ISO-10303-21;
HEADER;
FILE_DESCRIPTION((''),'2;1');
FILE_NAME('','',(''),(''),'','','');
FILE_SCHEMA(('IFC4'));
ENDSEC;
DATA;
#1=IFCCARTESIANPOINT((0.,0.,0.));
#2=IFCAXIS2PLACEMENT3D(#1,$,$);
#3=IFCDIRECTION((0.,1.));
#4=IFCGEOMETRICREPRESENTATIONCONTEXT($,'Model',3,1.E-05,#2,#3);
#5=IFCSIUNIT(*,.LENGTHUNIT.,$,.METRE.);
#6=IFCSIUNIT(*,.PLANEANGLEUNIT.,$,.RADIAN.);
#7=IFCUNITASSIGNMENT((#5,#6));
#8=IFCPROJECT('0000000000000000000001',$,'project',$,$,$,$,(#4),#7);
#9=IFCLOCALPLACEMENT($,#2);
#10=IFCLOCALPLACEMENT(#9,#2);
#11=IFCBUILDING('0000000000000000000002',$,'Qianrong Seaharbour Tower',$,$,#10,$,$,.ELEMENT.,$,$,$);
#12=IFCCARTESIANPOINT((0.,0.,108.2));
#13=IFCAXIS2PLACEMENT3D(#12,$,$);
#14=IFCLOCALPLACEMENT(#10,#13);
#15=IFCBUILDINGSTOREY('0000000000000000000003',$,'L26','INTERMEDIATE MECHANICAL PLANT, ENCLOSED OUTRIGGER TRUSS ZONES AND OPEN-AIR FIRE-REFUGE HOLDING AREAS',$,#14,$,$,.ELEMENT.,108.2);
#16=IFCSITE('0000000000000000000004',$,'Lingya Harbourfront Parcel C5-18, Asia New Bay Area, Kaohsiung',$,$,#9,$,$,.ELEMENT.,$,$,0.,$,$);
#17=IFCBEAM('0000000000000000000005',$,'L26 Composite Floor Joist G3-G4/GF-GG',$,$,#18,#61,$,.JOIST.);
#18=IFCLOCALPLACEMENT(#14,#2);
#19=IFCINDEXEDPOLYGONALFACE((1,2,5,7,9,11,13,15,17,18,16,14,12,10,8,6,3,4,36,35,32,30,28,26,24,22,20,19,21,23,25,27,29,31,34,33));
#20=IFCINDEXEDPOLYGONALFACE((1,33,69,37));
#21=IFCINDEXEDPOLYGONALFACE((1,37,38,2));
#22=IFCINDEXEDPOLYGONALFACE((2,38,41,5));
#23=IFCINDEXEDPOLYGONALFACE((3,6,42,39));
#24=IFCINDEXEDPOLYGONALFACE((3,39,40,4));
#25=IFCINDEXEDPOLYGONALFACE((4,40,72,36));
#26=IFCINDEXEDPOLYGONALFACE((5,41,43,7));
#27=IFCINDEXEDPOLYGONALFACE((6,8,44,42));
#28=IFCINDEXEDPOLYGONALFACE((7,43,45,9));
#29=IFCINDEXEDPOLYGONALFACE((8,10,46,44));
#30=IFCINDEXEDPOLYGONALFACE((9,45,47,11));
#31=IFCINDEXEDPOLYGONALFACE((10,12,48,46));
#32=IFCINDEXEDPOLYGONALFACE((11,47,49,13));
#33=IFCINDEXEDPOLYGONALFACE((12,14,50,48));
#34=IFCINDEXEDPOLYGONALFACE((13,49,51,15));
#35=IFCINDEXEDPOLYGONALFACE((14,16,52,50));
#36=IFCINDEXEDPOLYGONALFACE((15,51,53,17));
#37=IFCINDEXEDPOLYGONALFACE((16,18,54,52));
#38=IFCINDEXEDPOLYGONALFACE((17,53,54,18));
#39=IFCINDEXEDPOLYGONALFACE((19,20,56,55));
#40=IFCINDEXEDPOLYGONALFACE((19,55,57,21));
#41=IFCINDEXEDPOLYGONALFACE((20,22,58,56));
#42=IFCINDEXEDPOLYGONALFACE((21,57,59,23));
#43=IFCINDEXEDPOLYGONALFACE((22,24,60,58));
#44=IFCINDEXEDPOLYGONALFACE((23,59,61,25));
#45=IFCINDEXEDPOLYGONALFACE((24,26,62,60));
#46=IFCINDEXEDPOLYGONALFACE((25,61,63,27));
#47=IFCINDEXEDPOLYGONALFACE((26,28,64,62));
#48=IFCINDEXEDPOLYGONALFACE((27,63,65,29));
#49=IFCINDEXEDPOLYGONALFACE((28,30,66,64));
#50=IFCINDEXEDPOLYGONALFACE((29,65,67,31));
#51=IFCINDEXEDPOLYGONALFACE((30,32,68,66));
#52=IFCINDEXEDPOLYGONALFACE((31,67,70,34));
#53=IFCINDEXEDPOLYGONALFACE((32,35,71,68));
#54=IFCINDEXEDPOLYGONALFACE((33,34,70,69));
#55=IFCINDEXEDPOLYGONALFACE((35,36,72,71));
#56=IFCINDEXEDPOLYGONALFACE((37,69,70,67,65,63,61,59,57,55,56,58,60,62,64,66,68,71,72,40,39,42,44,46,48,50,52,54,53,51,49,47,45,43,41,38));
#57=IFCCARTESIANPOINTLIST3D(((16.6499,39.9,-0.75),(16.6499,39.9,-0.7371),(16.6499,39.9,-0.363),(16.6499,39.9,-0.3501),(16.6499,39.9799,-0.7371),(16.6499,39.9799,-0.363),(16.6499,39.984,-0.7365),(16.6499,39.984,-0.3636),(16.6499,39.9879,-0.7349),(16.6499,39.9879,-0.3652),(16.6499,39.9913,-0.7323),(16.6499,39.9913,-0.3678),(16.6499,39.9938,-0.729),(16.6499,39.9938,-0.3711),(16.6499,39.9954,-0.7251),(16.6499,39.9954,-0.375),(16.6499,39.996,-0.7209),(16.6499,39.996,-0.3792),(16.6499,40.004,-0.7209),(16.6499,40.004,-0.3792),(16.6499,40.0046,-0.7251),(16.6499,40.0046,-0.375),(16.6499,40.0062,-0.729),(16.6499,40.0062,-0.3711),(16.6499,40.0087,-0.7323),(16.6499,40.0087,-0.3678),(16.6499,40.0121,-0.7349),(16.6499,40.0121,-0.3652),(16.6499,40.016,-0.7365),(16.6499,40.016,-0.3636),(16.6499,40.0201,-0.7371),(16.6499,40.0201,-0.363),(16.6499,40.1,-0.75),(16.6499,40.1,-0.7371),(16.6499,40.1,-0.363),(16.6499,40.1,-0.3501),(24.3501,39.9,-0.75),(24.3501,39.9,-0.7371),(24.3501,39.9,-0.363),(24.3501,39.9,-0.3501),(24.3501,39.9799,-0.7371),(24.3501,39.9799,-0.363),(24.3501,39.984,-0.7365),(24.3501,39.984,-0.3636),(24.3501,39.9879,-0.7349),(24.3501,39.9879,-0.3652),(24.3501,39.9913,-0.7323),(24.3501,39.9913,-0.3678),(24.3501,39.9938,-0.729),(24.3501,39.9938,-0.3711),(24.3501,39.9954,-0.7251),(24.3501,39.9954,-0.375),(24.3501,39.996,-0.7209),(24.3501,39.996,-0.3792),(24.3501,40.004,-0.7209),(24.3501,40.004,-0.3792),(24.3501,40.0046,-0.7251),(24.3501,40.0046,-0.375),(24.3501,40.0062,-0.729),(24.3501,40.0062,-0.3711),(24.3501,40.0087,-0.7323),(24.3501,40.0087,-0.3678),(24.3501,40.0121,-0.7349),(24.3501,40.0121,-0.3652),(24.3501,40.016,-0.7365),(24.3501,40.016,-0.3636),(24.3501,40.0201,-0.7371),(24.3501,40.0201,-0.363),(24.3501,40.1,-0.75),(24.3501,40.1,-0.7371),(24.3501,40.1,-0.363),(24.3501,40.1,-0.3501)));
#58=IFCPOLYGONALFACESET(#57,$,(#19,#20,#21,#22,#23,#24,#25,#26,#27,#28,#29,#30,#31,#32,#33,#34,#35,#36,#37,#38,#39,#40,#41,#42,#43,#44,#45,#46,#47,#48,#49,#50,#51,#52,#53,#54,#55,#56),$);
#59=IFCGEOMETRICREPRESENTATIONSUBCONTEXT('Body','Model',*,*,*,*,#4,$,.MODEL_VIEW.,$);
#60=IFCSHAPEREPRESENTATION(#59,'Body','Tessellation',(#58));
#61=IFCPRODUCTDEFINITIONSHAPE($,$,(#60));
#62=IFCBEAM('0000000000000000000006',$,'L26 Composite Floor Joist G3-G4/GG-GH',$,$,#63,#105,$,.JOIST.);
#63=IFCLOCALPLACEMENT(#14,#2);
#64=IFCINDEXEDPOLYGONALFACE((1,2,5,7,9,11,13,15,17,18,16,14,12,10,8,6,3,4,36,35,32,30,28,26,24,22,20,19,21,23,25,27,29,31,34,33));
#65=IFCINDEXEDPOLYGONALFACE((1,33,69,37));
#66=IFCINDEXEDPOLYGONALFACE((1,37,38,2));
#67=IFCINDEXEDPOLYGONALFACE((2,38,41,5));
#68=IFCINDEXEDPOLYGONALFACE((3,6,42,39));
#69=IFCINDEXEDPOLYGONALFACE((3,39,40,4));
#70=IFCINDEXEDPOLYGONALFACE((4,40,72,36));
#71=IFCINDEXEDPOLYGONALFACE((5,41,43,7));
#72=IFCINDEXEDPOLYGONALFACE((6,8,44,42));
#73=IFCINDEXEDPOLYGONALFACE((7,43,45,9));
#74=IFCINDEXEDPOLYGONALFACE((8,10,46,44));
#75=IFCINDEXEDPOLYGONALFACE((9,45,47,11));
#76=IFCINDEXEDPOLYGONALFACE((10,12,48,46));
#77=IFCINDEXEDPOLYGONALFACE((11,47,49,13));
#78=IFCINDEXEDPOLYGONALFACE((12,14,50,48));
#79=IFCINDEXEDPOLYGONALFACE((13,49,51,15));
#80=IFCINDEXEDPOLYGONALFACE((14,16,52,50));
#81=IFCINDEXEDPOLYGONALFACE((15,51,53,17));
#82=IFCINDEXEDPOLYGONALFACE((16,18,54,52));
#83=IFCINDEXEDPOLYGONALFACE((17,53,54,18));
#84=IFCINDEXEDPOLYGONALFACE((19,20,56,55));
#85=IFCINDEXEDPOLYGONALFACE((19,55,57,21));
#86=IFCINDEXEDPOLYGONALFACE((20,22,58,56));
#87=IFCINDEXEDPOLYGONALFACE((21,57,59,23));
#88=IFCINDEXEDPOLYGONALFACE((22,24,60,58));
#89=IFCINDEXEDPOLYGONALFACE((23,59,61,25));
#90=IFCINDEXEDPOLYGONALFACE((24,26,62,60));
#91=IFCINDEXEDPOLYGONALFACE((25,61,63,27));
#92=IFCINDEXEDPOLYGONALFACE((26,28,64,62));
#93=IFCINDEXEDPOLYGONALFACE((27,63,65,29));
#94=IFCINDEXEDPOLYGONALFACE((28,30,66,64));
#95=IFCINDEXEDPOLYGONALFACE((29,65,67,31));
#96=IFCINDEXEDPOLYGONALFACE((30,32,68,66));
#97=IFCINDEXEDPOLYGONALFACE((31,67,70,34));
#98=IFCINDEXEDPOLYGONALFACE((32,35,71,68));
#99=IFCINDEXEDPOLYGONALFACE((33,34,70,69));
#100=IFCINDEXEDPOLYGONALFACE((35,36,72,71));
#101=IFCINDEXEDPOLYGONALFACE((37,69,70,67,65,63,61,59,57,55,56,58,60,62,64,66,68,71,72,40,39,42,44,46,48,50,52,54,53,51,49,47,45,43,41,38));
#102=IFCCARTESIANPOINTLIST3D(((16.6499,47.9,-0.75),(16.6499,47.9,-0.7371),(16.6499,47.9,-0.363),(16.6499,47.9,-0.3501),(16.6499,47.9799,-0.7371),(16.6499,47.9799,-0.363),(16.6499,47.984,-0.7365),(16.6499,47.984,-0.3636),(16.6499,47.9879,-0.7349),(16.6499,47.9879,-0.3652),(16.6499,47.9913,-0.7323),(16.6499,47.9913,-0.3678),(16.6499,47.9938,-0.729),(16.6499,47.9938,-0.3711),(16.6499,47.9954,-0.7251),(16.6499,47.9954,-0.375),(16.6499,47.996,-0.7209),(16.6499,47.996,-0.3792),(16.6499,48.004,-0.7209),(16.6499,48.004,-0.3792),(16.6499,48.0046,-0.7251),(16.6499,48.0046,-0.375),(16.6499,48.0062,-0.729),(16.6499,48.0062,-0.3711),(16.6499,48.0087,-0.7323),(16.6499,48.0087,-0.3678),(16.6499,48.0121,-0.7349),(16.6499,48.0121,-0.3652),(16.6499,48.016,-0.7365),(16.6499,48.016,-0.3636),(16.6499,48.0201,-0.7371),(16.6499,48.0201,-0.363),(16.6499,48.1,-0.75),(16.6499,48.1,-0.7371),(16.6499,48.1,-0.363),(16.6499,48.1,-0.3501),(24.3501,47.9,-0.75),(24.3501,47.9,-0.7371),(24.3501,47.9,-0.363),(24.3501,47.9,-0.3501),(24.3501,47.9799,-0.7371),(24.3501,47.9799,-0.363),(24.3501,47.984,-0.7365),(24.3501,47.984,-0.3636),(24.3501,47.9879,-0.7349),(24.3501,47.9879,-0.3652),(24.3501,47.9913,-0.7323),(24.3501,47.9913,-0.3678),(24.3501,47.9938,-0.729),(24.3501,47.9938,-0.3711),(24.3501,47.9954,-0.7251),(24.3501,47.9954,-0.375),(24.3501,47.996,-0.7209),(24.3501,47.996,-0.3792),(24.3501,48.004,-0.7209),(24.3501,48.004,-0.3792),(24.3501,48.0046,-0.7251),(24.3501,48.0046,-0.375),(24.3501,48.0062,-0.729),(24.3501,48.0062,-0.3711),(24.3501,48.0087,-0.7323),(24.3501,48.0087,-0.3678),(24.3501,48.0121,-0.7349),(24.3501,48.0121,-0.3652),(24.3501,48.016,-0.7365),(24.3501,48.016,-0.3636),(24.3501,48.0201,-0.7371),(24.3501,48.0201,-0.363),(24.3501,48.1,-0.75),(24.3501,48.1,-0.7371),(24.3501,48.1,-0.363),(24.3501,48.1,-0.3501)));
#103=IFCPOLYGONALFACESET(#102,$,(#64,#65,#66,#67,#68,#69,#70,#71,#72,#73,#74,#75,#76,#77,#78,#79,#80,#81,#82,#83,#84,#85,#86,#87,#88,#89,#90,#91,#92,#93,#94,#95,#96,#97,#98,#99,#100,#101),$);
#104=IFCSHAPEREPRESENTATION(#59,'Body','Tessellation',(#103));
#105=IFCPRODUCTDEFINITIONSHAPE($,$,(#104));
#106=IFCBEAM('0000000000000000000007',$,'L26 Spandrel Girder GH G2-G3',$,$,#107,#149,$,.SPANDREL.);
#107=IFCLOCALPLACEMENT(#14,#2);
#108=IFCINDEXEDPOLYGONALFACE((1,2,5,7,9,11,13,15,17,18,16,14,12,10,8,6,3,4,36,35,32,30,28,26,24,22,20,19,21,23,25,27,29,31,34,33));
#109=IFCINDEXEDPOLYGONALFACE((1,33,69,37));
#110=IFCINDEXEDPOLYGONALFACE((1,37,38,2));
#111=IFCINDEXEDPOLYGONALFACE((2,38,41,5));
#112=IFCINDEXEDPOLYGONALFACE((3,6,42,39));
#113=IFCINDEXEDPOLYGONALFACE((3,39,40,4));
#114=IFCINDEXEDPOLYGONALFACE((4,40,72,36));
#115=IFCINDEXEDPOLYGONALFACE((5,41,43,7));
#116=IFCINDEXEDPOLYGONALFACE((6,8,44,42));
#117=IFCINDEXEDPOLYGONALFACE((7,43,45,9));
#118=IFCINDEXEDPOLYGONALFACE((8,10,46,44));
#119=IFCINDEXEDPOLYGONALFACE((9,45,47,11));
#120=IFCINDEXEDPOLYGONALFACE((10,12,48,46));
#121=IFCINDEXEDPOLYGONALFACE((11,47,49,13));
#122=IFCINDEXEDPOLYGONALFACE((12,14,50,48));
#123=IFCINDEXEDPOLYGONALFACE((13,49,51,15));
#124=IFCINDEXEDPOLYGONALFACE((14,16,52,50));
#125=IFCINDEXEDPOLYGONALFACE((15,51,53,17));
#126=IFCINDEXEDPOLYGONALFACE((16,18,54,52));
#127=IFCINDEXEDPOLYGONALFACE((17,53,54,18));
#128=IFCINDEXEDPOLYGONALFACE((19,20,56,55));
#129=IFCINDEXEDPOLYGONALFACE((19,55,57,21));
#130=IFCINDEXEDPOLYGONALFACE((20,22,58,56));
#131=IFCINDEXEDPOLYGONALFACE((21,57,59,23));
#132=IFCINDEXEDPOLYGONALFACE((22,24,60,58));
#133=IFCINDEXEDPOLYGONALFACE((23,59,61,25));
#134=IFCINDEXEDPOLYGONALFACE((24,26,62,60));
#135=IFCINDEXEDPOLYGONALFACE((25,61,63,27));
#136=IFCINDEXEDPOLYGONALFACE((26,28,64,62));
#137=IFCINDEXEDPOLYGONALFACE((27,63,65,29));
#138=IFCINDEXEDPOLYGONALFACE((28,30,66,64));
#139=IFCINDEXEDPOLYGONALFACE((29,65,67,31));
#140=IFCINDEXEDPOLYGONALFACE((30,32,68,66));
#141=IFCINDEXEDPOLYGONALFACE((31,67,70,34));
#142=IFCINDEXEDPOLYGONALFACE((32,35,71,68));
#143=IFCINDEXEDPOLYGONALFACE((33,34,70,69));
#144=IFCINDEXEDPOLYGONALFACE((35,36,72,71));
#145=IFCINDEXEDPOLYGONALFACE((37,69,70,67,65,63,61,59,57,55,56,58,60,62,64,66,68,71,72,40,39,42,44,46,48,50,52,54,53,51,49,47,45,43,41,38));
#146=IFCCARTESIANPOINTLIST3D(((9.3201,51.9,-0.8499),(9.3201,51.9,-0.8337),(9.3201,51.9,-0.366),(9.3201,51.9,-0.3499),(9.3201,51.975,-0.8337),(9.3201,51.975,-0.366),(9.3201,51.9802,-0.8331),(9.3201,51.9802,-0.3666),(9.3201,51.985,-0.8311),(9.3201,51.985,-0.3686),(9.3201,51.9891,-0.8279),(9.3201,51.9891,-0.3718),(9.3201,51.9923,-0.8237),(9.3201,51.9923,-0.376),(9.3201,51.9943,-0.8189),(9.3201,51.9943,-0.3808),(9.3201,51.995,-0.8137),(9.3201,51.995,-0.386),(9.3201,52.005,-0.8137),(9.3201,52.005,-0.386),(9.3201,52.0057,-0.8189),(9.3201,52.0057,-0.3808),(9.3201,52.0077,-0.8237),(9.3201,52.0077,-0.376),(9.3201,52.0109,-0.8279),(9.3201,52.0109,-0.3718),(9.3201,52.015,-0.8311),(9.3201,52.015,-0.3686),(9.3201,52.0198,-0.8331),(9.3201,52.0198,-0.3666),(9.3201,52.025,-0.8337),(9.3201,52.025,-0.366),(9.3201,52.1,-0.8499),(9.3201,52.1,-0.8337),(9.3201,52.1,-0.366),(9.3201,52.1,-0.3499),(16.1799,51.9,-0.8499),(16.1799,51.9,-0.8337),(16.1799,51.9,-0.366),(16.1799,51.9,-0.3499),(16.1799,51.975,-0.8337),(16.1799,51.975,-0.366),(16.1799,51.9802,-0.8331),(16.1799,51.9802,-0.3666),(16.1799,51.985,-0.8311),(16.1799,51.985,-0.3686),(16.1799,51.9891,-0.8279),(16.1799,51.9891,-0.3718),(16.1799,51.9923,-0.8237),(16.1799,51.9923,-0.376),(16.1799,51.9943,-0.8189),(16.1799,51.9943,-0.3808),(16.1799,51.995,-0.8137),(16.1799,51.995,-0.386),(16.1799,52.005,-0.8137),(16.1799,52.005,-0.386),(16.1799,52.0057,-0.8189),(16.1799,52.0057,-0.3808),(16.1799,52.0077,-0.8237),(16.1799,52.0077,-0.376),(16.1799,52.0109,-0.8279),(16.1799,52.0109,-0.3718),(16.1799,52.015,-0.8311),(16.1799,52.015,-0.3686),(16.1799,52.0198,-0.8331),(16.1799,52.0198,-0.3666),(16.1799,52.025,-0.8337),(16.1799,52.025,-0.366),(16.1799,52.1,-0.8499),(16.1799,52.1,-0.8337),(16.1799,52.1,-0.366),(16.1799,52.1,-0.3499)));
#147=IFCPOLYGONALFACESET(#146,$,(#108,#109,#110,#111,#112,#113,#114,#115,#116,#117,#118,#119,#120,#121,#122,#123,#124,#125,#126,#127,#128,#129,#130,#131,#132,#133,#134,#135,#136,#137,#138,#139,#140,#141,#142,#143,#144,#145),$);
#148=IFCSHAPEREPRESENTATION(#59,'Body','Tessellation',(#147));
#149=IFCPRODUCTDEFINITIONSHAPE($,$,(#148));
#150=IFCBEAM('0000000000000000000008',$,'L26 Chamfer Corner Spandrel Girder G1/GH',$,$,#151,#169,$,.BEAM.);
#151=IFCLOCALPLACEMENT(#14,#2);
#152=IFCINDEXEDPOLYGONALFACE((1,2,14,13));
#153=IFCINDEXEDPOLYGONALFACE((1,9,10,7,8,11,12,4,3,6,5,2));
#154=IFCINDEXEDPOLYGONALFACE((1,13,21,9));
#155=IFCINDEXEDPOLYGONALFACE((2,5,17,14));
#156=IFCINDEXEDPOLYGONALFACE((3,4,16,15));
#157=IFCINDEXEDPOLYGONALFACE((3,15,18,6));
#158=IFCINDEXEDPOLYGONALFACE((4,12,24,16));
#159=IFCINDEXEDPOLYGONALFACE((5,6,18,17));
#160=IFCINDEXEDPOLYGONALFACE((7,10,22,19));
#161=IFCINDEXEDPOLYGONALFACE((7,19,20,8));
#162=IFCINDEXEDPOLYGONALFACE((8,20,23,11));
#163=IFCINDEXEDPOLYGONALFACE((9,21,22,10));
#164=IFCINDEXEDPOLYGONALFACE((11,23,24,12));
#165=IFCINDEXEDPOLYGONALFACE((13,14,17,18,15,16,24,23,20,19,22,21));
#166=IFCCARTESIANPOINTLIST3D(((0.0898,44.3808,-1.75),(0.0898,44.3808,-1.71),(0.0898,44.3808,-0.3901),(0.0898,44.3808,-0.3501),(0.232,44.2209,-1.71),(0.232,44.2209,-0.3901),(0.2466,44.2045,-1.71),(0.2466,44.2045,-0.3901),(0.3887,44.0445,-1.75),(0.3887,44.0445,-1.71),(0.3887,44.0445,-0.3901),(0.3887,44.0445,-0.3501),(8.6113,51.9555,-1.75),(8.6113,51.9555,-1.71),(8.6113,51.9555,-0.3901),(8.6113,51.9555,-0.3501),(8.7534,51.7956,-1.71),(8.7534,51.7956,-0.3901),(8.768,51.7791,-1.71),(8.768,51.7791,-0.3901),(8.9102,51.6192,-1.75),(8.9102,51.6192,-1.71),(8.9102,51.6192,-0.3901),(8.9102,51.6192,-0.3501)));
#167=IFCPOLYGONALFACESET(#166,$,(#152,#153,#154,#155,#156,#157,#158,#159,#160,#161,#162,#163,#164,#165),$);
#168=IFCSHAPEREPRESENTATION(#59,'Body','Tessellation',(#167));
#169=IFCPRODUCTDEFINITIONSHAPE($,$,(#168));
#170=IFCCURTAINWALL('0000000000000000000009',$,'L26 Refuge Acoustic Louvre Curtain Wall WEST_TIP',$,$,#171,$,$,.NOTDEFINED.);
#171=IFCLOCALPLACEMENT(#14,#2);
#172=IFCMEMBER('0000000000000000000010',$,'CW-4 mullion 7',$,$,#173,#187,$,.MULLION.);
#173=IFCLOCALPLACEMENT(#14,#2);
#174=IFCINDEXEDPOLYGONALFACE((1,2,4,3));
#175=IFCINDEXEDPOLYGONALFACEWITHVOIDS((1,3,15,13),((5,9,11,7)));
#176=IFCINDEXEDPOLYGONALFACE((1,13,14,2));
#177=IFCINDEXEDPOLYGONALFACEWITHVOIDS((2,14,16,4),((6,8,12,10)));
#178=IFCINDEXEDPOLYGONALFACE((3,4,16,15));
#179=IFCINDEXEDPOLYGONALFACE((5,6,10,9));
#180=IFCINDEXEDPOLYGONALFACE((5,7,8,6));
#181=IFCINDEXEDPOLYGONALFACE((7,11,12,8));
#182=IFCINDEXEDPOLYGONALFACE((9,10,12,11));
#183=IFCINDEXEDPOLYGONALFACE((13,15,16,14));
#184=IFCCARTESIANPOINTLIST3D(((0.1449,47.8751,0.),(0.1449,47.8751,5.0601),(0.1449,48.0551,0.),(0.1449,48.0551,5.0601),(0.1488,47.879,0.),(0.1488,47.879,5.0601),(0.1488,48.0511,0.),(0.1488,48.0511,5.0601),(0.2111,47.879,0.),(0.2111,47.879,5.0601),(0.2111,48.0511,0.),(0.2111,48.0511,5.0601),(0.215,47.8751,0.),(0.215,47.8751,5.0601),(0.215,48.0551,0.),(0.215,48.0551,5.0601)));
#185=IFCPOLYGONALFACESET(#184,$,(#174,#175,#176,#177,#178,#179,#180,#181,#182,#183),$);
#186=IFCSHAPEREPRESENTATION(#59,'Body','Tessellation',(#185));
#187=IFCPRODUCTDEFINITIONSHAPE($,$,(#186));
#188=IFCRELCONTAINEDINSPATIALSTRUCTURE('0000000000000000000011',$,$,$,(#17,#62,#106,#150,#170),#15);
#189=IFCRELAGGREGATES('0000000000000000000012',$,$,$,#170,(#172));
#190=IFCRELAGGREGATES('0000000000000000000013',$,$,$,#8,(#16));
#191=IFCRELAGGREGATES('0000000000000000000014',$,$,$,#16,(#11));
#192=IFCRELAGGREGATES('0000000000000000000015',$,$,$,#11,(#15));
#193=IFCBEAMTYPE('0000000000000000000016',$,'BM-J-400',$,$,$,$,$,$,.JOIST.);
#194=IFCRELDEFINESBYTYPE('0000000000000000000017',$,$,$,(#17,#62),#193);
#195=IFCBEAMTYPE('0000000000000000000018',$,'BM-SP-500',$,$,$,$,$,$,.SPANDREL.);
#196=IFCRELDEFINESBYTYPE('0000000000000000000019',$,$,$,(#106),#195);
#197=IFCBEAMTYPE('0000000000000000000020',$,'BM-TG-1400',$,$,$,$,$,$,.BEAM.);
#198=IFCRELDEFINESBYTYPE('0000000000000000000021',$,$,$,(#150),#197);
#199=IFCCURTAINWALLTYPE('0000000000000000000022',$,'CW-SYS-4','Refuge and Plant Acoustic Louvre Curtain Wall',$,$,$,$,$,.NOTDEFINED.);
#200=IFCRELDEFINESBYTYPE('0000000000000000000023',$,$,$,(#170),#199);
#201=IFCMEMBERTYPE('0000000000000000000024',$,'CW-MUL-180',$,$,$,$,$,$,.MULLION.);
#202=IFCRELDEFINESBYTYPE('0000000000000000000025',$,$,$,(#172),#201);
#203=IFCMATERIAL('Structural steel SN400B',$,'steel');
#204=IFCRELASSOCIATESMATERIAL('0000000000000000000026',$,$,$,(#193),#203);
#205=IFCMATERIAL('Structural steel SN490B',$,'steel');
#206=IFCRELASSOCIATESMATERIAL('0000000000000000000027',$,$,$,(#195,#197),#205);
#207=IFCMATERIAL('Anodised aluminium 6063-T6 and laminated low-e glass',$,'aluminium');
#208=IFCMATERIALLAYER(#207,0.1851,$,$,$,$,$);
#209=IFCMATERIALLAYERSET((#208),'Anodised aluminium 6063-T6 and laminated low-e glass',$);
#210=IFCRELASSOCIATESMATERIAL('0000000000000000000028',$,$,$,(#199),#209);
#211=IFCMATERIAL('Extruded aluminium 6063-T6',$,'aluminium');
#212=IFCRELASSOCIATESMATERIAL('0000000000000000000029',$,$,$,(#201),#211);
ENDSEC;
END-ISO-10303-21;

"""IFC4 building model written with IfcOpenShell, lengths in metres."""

from ifc_helpers import new_model, si_unit, direction, frame, origin, origin_2d, place, context, subcontext, project, spatial, hollow_rectangle, i_section, extrude, material, layer, layer_set, material_profile, profile_set, type_object, element, aggregate, save


model = new_model("IFC4")

# Units and contexts
model_context = context("Model", 3, precision=1e-05, world=origin(), true_north=direction((0.0, 1.0)))
body_context = subcontext(model_context, "Body", "Model", "MODEL_VIEW")
ifc_project = project(units=[si_unit("LENGTHUNIT", "METRE"), si_unit("PLANEANGLEUNIT", "RADIAN")], contexts=[model_context])

# Site, building, storey
site_placement = place(None, origin())
site = spatial("IfcSite", under=ifc_project, at=site_placement, Name="Lingya Harbourfront Parcel C5-18, Asia New Bay Area, Kaohsiung", CompositionType="ELEMENT", RefElevation=0.0)
building_placement = place(site_placement, origin())
building = spatial("IfcBuilding", under=site, at=building_placement, Name="Qianrong Seaharbour Tower", CompositionType="ELEMENT")
storey_placement = place(building_placement, frame((0.0, 0.0, 108.2)))
storey = spatial("IfcBuildingStorey", under=building, at=storey_placement, Name="L26", Description="INTERMEDIATE MECHANICAL PLANT, ENCLOSED OUTRIGGER TRUSS ZONES AND OPEN-AIR FIRE-REFUGE HOLDING AREAS", CompositionType="ELEMENT", Elevation=108.2)

# Shared definitions
ifc_material_1 = material(Name="Structural steel SN490B", Category="steel")

# Beams
ifc_material_2 = material(Name="Structural steel SN400B", Category="steel")
ifc_material_profile_1 = material_profile(ifc_material_2, i_section(OverallWidth=0.2, OverallDepth=0.3999, WebThickness=0.0081, FlangeThickness=0.0129, FilletRadius=0.0161, at=origin_2d()), Name="H400x200x8x13")
ifc_profile_set_1 = profile_set([ifc_material_profile_1], Name="Structural steel SN400B")
beam_type_1 = type_object("IfcBeamType", Name="BM-J-400", PredefinedType="JOIST", material=ifc_profile_set_1)
for number, where, z_axis, x_axis, name in (
    (1, (16.6499, 40.0, -0.55), (1.0, 0.0, 0.0), (0.0, 1.0, 0.0), "L26 Composite Floor Joist G3-G4/GF-GG"),
    (2, (16.6499, 48.0, -0.55), (1.0, 0.0, 0.0), (0.0, 1.0, 0.0), "L26 Composite Floor Joist G3-G4/GG-GH"),
):
    element("IfcBeam", number, at=place(storey_placement, frame(where, z_axis=z_axis, x_axis=x_axis)), inside=storey, type_object=beam_type_1, Name=name, PredefinedType="JOIST", context=body_context, shape_type="SweptSolid", body=[
        extrude(i_section(OverallWidth=0.2, OverallDepth=0.3999, WebThickness=0.0081, FlangeThickness=0.0129, FilletRadius=0.0161, at=origin_2d()), origin(), (0.0, 0.0, 1.0), 7.7002),
    ])
ifc_material_profile_2 = material_profile(ifc_material_1, i_section(OverallWidth=0.2, OverallDepth=0.5, WebThickness=0.01, FlangeThickness=0.0161, FilletRadius=0.02, at=origin_2d()), Name="H500x200x10x16")
ifc_profile_set_2 = profile_set([ifc_material_profile_2], Name="Structural steel SN490B")
beam_type_2 = type_object("IfcBeamType", Name="BM-SP-500", PredefinedType="SPANDREL", material=ifc_profile_set_2)
beam_1_placement = place(storey_placement, frame((9.3201, 52.0, -0.5999), z_axis=(1.0, 0.0, 0.0), x_axis=(0.0, 1.0, 0.0)))
element("IfcBeam", 3, at=beam_1_placement, inside=storey, type_object=beam_type_2, Name="L26 Spandrel Girder GH G2-G3", PredefinedType="SPANDREL", context=body_context, shape_type="SweptSolid", body=[
    extrude(i_section(OverallWidth=0.2, OverallDepth=0.5, WebThickness=0.01, FlangeThickness=0.0161, FilletRadius=0.02, at=origin_2d()), origin(), (0.0, 0.0, 1.0), 6.8599),
])
ifc_material_profile_3 = material_profile(ifc_material_1, i_section(OverallWidth=0.45, OverallDepth=1.3999, WebThickness=0.022, FlangeThickness=0.04, at=origin_2d()), Name="BH1400x450x22x40")
ifc_profile_set_3 = profile_set([ifc_material_profile_3], Name="Structural steel SN490B")
beam_type_3 = type_object("IfcBeamType", Name="BM-TG-1400", PredefinedType="BEAM", material=ifc_profile_set_3)
beam_2_placement = place(storey_placement, frame((8.7607, 51.7874, -1.05), z_axis=(-0.747407, -0.664366, 0.0), x_axis=(0.664366, -0.747407, 0.0)))
element("IfcBeam", 4, at=beam_2_placement, inside=storey, type_object=beam_type_3, Name="L26 Chamfer Corner Spandrel Girder G1/GH", PredefinedType="BEAM", context=body_context, shape_type="SweptSolid", body=[
    extrude(i_section(OverallWidth=0.45, OverallDepth=1.3999, WebThickness=0.022, FlangeThickness=0.04, at=origin_2d()), origin(), (0.0, 0.0, 1.0), 11.4014),
])

# Curtain wall, member
ifc_material_3 = material(Name="Anodised aluminium 6063-T6 and laminated low-e glass", Category="aluminium")
ifc_layer_1 = layer(ifc_material_3, 0.1851)
ifc_layer_set_1 = layer_set([ifc_layer_1], Name="Anodised aluminium 6063-T6 and laminated low-e glass")
curtain_wall_type = type_object("IfcCurtainWallType", Name="CW-SYS-4", Description="Refuge and Plant Acoustic Louvre Curtain Wall", PredefinedType="NOTDEFINED", material=ifc_layer_set_1)
curtain_wall_placement = place(storey_placement, origin())
curtain_wall = element("IfcCurtainWall", 5, at=curtain_wall_placement, inside=storey, type_object=curtain_wall_type, Name="L26 Refuge Acoustic Louvre Curtain Wall WEST_TIP", PredefinedType="NOTDEFINED")
ifc_material_4 = material(Name="Extruded aluminium 6063-T6", Category="aluminium")
ifc_material_profile_4 = material_profile(ifc_material_4, hollow_rectangle(XDim=0.0701, YDim=0.1799, WallThickness=0.0039, at=origin_2d()), Name="ALU-MUL-180x70x4")
ifc_profile_set_4 = profile_set([ifc_material_profile_4], Name="Extruded aluminium 6063-T6")
member_type = type_object("IfcMemberType", Name="CW-MUL-180", PredefinedType="MULLION", material=ifc_profile_set_4)
member_placement = place(storey_placement, frame((0.1799, 47.9651, 0.0), z_axis=(0.0, 0.0, 1.0), x_axis=(-1.0, 0.0, 0.0)))
member = element("IfcMember", 6, at=member_placement, type_object=member_type, Name="CW-4 mullion 7", PredefinedType="MULLION", context=body_context, shape_type="SweptSolid", body=[
    extrude(hollow_rectangle(XDim=0.0701, YDim=0.1799, WallThickness=0.0039, at=origin_2d()), origin(), (0.0, 0.0, 1.0), 5.0601),
])
aggregate(curtain_wall, [member])

save(model, "model.ifc")
